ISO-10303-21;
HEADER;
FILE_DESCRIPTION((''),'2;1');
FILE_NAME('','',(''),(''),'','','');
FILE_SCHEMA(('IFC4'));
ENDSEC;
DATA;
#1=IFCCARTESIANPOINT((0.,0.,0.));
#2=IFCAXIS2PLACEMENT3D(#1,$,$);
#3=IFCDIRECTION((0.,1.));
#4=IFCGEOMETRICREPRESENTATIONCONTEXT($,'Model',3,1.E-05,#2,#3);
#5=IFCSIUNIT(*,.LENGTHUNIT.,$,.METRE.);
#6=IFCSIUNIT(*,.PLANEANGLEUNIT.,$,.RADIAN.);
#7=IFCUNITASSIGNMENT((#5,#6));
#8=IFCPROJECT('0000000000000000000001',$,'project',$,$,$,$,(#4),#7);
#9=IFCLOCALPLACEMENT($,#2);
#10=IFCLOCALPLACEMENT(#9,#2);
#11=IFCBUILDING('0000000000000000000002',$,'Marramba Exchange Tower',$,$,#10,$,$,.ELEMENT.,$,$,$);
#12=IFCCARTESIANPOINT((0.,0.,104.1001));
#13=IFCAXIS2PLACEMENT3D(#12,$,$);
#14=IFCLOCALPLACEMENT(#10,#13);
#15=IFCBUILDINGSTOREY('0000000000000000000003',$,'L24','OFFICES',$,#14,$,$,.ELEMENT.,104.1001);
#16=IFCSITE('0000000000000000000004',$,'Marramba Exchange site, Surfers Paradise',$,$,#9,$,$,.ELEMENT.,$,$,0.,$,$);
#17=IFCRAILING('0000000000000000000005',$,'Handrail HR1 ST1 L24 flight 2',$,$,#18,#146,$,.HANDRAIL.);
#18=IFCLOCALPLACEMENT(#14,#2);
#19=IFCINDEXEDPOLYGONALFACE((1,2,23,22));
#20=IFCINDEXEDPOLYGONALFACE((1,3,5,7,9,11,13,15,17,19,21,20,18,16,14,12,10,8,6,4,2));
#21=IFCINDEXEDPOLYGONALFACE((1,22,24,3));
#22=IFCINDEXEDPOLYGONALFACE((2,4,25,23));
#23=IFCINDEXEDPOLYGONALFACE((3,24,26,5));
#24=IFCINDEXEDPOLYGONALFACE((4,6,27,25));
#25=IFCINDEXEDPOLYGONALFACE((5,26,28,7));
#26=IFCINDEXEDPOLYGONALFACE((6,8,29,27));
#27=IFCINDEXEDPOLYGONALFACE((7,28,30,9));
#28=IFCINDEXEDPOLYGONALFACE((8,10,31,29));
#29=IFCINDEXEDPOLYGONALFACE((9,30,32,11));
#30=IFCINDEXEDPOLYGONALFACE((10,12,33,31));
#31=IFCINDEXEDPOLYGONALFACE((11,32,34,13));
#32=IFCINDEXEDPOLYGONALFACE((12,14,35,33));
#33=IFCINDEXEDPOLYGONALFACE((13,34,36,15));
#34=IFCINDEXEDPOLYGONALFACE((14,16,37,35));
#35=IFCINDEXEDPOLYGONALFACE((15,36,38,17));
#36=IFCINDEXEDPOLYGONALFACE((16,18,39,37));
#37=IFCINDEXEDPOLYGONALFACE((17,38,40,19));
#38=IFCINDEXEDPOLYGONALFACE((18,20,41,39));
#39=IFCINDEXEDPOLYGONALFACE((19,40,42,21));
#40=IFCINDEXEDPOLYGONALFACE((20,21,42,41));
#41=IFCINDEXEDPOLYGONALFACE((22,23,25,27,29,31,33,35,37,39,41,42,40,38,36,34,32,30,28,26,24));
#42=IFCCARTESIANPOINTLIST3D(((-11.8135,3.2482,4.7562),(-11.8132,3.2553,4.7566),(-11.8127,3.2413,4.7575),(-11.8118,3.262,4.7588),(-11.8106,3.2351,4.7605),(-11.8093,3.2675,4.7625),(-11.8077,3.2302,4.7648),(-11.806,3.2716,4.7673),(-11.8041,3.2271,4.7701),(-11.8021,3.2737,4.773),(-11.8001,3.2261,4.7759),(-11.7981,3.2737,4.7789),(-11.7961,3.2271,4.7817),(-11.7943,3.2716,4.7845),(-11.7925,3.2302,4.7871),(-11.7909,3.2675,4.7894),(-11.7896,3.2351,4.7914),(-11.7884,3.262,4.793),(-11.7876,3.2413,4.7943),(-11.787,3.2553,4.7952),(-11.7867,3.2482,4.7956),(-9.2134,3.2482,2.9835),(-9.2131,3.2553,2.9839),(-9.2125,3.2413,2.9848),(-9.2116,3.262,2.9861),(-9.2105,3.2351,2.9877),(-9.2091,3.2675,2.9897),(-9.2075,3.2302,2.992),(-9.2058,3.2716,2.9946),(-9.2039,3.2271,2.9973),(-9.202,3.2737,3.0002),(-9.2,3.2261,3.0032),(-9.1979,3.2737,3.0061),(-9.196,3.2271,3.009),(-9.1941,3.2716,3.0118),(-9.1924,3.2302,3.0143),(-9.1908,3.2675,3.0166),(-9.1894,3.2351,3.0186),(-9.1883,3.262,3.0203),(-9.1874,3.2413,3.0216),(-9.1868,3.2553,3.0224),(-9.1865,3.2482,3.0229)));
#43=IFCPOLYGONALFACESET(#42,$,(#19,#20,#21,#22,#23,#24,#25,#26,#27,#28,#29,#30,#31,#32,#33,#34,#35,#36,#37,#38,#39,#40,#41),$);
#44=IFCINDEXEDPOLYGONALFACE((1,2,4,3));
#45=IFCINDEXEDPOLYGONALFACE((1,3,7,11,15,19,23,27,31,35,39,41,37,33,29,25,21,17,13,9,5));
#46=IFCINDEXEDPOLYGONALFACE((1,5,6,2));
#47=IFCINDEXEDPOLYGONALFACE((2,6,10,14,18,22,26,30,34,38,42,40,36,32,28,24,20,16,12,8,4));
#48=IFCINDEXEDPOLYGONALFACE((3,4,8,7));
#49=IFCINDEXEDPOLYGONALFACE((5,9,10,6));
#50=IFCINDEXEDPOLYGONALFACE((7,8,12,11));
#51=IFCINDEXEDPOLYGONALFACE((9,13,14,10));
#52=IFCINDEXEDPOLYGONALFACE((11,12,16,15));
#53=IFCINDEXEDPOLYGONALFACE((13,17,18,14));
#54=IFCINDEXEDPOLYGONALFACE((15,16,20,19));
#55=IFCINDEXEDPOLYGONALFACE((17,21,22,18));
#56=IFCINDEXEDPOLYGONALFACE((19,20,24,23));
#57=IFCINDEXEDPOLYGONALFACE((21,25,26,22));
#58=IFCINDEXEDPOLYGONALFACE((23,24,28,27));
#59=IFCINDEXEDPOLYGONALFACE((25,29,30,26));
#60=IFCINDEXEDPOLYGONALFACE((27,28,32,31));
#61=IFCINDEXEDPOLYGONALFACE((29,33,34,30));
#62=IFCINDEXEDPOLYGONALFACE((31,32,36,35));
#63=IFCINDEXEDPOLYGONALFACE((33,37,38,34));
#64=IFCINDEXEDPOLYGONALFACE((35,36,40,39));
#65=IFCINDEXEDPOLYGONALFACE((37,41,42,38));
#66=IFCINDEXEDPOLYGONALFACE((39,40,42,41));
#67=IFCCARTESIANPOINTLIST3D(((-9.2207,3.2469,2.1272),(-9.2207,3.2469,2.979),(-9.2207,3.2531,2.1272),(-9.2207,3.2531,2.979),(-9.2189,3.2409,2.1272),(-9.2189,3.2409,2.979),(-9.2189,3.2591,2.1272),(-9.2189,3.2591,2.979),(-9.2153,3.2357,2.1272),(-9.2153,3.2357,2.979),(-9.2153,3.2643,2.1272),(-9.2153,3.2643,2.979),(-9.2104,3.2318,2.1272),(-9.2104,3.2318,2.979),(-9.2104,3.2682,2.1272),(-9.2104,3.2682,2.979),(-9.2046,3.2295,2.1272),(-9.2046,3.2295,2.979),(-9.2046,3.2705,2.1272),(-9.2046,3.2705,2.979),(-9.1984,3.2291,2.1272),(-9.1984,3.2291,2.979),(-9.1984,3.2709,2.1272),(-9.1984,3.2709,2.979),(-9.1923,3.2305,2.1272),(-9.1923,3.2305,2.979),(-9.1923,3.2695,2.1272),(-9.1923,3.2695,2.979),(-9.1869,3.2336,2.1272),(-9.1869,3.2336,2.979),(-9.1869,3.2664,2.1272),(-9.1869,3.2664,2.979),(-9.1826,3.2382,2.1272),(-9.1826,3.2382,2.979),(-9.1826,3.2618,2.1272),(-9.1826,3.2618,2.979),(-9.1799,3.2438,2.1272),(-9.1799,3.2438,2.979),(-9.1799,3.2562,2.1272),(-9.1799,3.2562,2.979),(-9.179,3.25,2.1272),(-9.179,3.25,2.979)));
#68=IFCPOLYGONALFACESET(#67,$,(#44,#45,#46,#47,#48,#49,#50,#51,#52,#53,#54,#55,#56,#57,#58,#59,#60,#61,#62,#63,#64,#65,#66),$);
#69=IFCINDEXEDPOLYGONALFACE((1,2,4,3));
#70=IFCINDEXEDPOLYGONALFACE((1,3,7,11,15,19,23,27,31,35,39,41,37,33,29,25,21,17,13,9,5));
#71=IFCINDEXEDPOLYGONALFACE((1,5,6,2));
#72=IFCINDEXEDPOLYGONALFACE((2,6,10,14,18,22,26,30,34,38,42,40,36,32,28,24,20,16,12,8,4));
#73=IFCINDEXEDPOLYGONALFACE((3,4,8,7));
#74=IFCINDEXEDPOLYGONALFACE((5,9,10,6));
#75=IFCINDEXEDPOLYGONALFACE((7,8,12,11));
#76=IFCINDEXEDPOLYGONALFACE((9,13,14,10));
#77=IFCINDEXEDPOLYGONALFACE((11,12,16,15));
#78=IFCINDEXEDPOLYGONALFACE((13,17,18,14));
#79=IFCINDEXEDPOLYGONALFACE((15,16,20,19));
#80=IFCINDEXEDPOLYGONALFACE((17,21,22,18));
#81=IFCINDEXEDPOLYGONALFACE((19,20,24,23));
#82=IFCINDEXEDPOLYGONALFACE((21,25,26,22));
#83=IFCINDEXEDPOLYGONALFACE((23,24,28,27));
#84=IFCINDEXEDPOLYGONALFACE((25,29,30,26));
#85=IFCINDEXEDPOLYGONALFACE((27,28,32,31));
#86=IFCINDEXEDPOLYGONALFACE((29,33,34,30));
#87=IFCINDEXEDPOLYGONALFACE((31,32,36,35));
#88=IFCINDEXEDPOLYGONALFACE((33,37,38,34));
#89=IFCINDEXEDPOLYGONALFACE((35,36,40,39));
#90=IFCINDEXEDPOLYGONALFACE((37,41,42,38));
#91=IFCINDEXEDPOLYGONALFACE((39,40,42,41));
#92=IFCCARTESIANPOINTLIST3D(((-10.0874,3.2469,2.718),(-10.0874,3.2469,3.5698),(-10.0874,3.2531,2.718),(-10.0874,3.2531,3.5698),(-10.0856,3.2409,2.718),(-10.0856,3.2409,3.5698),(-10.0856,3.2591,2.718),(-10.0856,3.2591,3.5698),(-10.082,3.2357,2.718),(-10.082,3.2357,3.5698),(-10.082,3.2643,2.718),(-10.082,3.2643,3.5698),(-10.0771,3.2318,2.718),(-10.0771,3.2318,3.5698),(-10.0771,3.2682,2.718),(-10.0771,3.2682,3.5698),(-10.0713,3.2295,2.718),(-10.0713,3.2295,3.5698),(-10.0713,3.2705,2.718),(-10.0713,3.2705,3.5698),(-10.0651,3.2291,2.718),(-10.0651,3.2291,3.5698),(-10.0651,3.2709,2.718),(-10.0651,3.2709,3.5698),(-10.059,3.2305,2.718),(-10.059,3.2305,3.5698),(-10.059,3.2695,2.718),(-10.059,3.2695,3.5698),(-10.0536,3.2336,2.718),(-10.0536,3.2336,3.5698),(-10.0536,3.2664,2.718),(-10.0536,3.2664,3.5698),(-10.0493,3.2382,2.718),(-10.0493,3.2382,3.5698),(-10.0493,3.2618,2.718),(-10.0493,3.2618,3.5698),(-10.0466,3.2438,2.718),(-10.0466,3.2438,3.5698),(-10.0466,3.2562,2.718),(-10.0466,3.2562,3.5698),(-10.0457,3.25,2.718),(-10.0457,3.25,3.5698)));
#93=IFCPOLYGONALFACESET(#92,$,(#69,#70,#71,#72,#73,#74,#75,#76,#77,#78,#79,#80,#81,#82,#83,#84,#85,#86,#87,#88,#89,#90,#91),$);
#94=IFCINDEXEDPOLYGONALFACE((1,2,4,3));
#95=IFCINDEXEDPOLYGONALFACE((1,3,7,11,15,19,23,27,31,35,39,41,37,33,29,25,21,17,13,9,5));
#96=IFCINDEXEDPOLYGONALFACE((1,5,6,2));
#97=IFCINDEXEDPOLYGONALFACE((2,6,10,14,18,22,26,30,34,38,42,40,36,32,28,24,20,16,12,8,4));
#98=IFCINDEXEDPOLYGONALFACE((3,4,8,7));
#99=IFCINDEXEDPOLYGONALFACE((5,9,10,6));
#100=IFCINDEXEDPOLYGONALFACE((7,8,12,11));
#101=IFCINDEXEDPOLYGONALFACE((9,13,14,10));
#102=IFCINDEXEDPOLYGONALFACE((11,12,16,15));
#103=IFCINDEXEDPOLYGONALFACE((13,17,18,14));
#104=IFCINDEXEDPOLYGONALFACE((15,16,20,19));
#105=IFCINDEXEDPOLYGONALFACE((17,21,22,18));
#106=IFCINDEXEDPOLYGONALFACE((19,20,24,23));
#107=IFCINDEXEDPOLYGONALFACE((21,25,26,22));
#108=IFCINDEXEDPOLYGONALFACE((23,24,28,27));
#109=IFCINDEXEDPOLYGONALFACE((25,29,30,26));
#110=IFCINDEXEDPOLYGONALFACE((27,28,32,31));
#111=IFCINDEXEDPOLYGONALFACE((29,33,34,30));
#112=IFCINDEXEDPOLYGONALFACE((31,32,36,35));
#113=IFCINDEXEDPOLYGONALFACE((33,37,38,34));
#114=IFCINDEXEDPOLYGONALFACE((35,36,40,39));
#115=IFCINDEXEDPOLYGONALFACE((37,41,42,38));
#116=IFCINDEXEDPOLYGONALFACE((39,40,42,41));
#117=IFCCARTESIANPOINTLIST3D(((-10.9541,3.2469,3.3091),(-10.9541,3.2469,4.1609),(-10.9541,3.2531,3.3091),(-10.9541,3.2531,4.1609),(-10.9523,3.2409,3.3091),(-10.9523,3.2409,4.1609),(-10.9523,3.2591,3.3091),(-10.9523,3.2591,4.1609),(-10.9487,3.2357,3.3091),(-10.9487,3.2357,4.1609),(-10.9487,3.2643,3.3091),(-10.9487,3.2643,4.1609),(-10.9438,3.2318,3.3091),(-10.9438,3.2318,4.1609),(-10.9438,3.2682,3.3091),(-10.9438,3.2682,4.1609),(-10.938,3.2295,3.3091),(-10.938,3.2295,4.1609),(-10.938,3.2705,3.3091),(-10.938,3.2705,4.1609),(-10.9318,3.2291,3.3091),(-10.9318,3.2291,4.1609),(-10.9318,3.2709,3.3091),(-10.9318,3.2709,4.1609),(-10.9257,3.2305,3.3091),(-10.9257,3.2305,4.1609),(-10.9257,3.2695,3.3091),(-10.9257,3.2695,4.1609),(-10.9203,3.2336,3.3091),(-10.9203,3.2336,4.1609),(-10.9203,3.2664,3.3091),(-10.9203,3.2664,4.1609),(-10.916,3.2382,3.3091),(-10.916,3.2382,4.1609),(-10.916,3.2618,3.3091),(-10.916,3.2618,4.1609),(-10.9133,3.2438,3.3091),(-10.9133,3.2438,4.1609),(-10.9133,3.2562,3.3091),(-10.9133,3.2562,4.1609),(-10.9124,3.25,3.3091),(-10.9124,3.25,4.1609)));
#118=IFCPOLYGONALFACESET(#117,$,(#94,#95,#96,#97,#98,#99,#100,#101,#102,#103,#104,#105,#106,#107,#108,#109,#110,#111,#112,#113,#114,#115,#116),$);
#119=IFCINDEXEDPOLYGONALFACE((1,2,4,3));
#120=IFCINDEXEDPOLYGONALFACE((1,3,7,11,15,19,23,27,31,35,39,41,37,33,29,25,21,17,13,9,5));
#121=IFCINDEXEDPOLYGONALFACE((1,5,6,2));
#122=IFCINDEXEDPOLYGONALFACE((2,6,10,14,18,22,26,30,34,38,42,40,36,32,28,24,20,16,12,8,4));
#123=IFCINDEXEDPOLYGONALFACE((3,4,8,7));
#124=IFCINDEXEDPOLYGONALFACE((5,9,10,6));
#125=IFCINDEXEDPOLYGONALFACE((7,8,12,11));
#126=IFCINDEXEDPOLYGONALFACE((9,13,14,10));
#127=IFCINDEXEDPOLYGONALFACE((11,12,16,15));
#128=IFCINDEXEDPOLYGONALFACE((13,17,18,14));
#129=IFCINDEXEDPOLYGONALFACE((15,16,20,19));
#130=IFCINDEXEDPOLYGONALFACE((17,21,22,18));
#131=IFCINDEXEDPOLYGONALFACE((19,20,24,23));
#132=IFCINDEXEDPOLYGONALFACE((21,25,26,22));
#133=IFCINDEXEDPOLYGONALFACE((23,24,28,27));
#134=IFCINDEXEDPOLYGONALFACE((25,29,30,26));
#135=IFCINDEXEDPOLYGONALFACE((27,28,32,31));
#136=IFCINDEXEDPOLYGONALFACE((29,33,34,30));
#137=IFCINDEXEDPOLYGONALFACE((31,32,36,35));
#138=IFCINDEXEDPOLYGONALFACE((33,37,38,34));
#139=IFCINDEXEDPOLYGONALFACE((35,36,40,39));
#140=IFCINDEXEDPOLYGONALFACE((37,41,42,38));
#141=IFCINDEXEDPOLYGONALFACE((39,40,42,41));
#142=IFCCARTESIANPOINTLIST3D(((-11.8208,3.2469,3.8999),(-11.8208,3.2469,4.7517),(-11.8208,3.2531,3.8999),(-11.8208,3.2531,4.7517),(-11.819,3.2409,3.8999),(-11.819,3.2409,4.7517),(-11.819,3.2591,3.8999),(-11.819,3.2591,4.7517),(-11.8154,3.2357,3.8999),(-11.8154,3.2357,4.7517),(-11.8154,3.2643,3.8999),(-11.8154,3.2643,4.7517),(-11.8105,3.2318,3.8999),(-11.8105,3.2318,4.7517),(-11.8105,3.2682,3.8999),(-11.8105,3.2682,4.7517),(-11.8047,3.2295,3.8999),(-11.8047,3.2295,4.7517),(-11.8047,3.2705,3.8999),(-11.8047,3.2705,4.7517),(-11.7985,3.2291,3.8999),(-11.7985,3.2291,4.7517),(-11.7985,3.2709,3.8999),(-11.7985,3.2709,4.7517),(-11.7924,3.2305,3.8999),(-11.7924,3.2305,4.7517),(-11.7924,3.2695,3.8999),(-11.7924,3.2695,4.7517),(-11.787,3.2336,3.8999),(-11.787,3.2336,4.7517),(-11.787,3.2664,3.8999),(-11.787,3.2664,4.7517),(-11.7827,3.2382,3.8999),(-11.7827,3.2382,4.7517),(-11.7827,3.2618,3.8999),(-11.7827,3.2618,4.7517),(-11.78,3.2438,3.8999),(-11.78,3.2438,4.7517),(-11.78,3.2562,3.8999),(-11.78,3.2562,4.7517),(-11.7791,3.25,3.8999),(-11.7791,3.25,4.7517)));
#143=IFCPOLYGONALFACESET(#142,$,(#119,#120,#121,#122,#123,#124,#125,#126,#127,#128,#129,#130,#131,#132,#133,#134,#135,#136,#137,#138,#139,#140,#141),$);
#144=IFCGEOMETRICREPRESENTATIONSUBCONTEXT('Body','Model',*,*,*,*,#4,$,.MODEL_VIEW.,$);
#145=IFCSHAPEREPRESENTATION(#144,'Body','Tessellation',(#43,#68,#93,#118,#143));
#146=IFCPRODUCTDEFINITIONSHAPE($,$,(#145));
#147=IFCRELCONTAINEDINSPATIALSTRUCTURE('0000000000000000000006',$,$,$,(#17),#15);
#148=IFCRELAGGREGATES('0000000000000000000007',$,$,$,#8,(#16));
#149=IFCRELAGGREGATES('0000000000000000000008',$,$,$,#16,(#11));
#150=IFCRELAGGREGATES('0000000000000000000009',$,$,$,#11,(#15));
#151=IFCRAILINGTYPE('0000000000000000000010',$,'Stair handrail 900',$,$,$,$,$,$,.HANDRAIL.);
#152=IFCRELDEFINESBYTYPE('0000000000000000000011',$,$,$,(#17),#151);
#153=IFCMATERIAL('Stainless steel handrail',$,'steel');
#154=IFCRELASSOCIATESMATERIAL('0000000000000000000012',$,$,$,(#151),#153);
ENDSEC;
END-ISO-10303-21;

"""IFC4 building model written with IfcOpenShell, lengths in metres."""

from ifc_helpers import new_model, si_unit, direction, frame, origin, origin_2d, place, context, subcontext, project, spatial, circle, extrude, material, type_object, element, save


model = new_model("IFC4")

# Units and contexts
model_context = context("Model", 3, precision=1e-05, world=origin(), true_north=direction((0.0, 1.0)))
body_context = subcontext(model_context, "Body", "Model", "MODEL_VIEW")
ifc_project = project(units=[si_unit("LENGTHUNIT", "METRE"), si_unit("PLANEANGLEUNIT", "RADIAN")], contexts=[model_context])

# Site, building, storey
site_placement = place(None, origin())
site = spatial("IfcSite", under=ifc_project, at=site_placement, Name="Marramba Exchange site, Surfers Paradise", CompositionType="ELEMENT", RefElevation=0.0)
building_placement = place(site_placement, origin())
building = spatial("IfcBuilding", under=site, at=building_placement, Name="Marramba Exchange Tower", CompositionType="ELEMENT")
storey_placement = place(building_placement, frame((0.0, 0.0, 104.1001)))
storey = spatial("IfcBuildingStorey", under=building, at=storey_placement, Name="L24", Description="OFFICES", CompositionType="ELEMENT", Elevation=104.1001)

# Railing
ifc_material_1 = material(Name="Stainless steel handrail", Category="steel")
railing_type = type_object("IfcRailingType", Name="Stair handrail 900", PredefinedType="HANDRAIL", material=ifc_material_1)
railing_placement = place(storey_placement, frame((-9.2, 3.25, 2.1272)))
element("IfcRailing", 1, at=railing_placement, inside=storey, type_object=railing_type, Name="Handrail HR1 ST1 L24 flight 2", PredefinedType="HANDRAIL", context=body_context, shape_type="SweptSolid", body=[
    extrude(circle(Radius=0.0239, at=origin_2d()), frame((0.0, 0.0, 0.876), z_axis=(-0.82624, 0.0, 0.563318), x_axis=(0.0, -1.0, 0.0)), (0.0, 0.0, 1.0), 3.147),
    extrude(circle(Radius=0.021, at=origin_2d()), origin(), (0.0, 0.0, 1.0), 0.8518),
    extrude(circle(Radius=0.021, at=origin_2d()), frame((-0.8667, 0.0, 0.5908)), (0.0, 0.0, 1.0), 0.8518),
    extrude(circle(Radius=0.021, at=origin_2d()), frame((-1.7334, 0.0, 1.1819)), (0.0, 0.0, 1.0), 0.8518),
    extrude(circle(Radius=0.021, at=origin_2d()), frame((-2.6001, 0.0, 1.7727)), (0.0, 0.0, 1.0), 0.8518),
])

save(model, "model.ifc")
